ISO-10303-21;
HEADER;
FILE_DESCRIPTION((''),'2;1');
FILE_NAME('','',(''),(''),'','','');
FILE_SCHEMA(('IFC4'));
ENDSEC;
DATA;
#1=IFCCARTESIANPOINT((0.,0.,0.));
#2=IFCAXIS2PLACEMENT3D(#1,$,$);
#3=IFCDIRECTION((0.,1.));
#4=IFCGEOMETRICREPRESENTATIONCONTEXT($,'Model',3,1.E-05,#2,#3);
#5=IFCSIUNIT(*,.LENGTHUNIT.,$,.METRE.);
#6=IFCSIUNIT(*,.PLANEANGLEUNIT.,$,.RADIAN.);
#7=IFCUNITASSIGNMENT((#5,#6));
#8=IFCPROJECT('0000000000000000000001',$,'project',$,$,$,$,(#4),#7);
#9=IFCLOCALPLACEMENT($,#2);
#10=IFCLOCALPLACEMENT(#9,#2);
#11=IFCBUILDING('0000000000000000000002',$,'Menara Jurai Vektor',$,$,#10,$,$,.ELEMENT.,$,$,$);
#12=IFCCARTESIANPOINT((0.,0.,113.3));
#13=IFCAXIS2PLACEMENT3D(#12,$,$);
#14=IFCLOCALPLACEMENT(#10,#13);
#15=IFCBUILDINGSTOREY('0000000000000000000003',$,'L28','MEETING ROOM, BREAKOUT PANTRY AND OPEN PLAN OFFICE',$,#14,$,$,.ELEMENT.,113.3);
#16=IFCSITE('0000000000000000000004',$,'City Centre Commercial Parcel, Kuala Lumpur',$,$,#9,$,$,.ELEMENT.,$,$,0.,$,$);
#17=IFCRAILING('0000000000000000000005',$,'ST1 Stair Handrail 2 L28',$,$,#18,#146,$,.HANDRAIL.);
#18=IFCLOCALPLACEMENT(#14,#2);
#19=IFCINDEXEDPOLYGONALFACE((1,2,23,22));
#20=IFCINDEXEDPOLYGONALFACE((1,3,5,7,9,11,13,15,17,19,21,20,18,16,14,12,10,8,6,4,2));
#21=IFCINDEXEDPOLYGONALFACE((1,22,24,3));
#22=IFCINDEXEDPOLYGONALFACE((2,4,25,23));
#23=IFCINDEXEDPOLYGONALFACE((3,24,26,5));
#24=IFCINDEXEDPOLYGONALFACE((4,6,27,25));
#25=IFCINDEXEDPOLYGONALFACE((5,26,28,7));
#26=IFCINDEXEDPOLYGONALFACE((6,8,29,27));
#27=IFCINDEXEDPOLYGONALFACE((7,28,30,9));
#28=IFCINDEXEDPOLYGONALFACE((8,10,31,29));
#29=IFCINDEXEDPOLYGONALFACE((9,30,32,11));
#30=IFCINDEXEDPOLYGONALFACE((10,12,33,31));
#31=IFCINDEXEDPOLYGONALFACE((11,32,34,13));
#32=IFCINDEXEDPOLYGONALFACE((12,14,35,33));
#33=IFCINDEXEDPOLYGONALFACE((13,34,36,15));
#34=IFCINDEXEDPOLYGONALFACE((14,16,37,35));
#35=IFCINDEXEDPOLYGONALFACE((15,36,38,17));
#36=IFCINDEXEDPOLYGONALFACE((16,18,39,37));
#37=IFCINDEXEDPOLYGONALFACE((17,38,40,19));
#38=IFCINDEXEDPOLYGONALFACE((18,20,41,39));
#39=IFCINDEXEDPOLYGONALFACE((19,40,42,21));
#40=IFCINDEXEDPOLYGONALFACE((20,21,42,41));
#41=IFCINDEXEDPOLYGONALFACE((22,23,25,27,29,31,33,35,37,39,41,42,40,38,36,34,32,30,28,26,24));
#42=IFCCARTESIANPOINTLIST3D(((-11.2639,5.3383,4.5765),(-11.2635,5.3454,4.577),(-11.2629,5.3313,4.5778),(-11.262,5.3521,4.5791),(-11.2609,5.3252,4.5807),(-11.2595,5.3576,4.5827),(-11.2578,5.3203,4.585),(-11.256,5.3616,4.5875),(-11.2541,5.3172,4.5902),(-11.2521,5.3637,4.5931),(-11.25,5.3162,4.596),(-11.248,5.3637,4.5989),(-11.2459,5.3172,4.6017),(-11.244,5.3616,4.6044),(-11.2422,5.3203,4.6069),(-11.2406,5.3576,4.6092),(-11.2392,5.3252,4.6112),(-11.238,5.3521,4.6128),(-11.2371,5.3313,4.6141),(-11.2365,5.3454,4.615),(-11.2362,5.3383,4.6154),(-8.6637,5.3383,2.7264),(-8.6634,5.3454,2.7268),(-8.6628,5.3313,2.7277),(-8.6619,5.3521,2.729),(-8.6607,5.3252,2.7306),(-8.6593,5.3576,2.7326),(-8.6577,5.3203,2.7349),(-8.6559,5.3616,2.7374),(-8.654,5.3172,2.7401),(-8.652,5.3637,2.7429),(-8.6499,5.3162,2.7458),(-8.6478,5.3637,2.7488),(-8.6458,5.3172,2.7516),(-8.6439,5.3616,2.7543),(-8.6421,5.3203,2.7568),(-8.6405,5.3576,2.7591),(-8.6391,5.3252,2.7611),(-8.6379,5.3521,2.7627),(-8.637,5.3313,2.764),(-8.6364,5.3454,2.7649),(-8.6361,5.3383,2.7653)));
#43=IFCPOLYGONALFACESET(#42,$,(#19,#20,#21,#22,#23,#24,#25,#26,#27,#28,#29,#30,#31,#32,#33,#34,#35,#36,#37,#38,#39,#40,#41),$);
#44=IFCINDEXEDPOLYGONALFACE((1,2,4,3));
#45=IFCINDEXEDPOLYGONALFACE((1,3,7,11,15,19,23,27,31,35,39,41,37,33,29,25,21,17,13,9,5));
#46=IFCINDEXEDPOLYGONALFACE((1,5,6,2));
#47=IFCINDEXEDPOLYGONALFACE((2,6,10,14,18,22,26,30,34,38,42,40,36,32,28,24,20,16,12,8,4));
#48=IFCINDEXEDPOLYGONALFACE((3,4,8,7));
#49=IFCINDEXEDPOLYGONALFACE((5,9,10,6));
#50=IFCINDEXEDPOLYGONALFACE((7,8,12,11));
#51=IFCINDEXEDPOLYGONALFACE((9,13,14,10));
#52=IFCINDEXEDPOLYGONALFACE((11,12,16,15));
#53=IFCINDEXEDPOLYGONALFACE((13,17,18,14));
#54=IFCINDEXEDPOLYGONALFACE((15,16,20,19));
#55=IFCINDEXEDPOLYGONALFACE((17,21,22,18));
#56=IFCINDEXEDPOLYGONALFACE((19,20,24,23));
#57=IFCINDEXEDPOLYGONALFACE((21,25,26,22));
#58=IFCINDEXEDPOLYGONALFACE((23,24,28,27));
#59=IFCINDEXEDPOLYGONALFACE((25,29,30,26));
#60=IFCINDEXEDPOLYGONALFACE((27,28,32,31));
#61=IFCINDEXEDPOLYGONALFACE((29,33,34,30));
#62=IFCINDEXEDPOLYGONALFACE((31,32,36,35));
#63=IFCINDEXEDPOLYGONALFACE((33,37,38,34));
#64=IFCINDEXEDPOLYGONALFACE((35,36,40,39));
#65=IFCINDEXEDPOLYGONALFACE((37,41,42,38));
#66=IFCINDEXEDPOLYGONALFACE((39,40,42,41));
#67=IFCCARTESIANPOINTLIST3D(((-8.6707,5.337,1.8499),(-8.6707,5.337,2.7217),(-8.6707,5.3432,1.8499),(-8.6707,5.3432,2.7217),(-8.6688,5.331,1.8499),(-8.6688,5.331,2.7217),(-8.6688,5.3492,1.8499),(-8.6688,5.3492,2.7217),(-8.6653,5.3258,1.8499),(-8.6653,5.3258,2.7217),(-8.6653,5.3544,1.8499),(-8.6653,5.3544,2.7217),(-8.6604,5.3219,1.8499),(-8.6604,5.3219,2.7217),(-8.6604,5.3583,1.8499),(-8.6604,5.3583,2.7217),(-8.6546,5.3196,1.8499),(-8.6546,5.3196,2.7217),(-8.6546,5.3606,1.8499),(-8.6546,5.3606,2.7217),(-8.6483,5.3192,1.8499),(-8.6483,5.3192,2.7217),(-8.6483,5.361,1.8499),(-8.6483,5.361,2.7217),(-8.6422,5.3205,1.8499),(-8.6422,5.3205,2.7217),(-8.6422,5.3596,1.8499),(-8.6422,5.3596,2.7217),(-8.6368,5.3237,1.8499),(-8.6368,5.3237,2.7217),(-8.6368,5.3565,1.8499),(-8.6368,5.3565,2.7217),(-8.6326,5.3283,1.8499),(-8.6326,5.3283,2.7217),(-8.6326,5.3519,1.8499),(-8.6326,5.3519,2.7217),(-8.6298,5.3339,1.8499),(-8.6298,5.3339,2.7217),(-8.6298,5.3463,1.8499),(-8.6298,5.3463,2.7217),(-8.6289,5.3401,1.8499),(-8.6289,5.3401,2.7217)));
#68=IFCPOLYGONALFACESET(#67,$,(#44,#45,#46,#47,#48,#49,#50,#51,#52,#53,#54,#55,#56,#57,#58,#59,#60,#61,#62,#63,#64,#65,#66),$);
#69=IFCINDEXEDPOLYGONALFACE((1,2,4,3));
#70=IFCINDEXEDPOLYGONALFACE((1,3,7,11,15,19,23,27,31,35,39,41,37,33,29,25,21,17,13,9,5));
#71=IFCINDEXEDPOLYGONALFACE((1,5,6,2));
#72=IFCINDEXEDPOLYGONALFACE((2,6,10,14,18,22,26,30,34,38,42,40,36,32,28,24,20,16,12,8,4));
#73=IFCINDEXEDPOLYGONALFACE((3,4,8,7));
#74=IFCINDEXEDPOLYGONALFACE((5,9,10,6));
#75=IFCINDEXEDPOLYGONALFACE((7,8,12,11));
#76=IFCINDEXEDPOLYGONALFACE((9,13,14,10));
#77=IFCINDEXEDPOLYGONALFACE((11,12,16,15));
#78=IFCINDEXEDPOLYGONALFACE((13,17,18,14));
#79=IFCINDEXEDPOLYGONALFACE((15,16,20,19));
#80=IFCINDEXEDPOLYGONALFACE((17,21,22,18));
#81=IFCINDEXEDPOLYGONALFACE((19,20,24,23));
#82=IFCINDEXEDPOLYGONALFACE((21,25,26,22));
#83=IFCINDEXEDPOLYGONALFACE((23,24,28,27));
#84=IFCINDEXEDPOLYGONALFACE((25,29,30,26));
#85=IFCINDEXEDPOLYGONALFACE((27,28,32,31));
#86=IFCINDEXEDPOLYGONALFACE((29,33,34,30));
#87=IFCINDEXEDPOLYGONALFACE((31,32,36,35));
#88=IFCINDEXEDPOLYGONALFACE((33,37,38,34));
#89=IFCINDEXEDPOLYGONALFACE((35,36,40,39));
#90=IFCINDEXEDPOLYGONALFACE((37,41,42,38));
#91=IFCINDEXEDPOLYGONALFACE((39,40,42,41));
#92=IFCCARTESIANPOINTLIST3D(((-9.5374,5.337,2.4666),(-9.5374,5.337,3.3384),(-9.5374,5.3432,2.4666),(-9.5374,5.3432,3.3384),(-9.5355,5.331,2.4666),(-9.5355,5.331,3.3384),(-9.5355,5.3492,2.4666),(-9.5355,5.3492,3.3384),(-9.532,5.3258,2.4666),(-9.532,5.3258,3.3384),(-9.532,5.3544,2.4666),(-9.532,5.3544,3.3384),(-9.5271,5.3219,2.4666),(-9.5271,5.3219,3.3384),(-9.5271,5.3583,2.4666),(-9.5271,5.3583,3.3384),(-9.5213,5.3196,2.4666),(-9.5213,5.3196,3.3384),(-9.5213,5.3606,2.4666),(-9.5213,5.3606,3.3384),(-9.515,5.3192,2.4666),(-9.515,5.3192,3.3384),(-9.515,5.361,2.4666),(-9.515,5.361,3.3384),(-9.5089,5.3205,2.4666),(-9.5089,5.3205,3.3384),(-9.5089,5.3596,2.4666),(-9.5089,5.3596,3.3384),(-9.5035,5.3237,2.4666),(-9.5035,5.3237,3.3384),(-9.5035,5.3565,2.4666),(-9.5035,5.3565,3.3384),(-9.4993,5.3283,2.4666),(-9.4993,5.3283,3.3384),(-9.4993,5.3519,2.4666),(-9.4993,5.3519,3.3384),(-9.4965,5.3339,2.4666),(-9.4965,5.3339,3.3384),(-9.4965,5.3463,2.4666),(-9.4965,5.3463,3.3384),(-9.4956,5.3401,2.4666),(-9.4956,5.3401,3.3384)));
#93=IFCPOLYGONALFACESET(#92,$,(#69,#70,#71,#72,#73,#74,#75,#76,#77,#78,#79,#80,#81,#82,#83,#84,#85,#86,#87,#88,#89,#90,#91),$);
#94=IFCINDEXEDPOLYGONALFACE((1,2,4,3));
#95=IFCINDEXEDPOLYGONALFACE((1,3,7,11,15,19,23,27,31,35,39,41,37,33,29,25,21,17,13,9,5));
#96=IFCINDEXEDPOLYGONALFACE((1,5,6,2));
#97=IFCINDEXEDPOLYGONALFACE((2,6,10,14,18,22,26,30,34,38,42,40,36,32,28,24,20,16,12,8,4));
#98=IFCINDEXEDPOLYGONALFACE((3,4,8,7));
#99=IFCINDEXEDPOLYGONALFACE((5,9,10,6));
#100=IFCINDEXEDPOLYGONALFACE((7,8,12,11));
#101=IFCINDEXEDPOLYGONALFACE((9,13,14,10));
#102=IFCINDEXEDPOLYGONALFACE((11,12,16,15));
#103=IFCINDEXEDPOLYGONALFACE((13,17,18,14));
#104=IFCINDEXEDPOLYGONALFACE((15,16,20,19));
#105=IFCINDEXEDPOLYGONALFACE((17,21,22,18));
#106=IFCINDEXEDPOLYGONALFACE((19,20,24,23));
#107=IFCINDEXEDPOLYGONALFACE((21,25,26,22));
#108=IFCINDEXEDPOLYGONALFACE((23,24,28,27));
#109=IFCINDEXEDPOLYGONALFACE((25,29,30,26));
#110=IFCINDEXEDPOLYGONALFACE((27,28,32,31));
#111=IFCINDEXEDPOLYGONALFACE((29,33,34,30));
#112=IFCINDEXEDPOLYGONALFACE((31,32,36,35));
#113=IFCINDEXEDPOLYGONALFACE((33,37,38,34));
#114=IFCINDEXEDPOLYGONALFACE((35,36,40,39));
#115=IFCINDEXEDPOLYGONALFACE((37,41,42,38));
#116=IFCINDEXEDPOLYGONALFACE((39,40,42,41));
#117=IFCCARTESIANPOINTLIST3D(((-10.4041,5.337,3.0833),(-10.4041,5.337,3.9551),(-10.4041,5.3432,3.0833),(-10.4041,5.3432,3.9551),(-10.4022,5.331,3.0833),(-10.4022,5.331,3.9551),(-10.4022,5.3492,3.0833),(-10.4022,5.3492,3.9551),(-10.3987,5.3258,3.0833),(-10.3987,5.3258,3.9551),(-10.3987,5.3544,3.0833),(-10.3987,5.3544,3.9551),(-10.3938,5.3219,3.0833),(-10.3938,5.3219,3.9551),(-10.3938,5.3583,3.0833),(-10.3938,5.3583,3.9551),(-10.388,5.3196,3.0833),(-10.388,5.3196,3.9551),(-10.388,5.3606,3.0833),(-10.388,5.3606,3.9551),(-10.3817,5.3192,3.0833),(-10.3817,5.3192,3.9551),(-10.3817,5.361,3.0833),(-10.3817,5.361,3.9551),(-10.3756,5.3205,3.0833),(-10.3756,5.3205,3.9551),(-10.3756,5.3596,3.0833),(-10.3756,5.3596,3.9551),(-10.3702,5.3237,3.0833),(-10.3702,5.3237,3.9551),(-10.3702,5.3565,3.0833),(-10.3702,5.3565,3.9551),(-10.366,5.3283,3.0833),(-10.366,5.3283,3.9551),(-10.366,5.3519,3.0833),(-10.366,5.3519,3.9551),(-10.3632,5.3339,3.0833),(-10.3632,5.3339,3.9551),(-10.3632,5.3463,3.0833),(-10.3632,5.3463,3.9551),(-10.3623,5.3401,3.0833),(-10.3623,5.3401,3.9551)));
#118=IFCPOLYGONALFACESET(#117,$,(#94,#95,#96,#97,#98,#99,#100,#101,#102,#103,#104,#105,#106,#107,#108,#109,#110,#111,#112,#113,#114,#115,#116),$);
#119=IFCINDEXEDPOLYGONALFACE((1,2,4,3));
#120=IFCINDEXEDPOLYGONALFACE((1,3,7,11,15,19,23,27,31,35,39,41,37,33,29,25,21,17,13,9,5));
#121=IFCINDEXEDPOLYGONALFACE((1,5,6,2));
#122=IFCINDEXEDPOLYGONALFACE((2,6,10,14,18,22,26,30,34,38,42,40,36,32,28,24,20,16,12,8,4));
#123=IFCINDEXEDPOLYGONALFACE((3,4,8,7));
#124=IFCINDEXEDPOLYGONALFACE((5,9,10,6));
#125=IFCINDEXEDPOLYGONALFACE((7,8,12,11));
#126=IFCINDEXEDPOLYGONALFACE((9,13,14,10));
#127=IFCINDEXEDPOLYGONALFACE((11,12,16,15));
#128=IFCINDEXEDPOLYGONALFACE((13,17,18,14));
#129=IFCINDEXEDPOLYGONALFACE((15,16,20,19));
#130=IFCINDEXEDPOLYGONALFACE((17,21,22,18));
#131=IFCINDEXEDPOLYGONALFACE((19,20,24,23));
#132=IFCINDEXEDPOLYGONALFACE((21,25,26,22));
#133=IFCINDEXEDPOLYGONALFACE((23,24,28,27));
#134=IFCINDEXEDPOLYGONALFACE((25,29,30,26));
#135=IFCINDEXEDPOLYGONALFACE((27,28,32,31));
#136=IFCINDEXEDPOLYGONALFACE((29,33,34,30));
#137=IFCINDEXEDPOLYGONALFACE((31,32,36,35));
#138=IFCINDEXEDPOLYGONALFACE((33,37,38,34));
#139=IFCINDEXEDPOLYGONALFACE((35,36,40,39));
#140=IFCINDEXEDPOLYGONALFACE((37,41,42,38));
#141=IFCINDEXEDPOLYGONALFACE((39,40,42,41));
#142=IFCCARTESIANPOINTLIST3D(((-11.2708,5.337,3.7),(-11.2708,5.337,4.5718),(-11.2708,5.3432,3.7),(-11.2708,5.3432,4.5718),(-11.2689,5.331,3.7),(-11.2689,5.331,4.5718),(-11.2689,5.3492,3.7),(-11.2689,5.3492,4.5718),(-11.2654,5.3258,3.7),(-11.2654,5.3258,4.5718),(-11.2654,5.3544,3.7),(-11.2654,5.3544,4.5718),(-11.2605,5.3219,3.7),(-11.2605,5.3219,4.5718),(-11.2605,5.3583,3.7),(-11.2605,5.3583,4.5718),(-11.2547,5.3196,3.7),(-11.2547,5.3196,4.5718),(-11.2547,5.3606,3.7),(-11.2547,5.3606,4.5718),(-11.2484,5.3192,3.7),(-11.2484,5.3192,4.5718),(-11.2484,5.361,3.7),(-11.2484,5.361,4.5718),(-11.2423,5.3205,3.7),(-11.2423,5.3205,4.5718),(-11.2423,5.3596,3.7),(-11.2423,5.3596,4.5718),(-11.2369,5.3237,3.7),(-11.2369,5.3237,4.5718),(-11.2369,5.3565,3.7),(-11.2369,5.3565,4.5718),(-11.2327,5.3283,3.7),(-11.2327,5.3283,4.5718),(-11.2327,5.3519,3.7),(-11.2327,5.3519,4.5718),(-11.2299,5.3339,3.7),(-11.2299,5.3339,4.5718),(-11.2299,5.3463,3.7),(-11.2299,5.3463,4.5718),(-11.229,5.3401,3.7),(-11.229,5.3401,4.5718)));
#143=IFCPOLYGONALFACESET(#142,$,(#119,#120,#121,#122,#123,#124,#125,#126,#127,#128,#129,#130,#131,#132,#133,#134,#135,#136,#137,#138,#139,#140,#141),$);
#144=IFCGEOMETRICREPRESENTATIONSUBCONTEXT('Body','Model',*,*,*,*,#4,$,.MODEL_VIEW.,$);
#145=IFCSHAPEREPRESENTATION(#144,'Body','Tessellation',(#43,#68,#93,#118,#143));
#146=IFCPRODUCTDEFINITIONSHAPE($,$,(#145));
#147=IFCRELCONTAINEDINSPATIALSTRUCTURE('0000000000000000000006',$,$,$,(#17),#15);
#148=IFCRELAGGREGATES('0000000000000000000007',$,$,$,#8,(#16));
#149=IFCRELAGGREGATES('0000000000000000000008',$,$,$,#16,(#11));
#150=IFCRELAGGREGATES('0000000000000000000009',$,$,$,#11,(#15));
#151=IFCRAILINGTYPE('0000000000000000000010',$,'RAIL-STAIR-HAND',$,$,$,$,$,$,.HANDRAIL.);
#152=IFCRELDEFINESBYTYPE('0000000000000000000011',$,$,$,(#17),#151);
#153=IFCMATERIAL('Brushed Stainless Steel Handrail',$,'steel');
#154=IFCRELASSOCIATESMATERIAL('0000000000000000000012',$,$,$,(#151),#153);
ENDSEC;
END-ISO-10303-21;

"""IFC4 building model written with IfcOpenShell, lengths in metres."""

from ifc_helpers import new_model, si_unit, direction, frame, origin, origin_2d, place, context, subcontext, project, spatial, circle, extrude, material, type_object, element, save


model = new_model("IFC4")

# Units and contexts
model_context = context("Model", 3, precision=1e-05, world=origin(), true_north=direction((0.0, 1.0)))
body_context = subcontext(model_context, "Body", "Model", "MODEL_VIEW")
ifc_project = project(units=[si_unit("LENGTHUNIT", "METRE"), si_unit("PLANEANGLEUNIT", "RADIAN")], contexts=[model_context])

# Site, building, storey
site_placement = place(None, origin())
site = spatial("IfcSite", under=ifc_project, at=site_placement, Name="City Centre Commercial Parcel, Kuala Lumpur", CompositionType="ELEMENT", RefElevation=0.0)
building_placement = place(site_placement, origin())
building = spatial("IfcBuilding", under=site, at=building_placement, Name="Menara Jurai Vektor", CompositionType="ELEMENT")
storey_placement = place(building_placement, frame((0.0, 0.0, 113.3)))
storey = spatial("IfcBuildingStorey", under=building, at=storey_placement, Name="L28", Description="MEETING ROOM, BREAKOUT PANTRY AND OPEN PLAN OFFICE", CompositionType="ELEMENT", Elevation=113.3)

# Railing
ifc_material_1 = material(Name="Brushed Stainless Steel Handrail", Category="steel")
railing_type_1 = type_object("IfcRailingType", Name="RAIL-STAIR-HAND", PredefinedType="HANDRAIL", material=ifc_material_1)
railing_1_placement = place(storey_placement, frame((-8.6499, 5.3401, 1.8499)))
element("IfcRailing", 1, at=railing_1_placement, inside=storey, type_object=railing_type_1, Name="ST1 Stair Handrail 2 L28", PredefinedType="HANDRAIL", context=body_context, shape_type="SweptSolid", body=[
    extrude(circle(Radius=0.0239, at=origin_2d()), frame((0.0, 0.0, 0.896), z_axis=(-0.814787, 0.0, 0.579761), x_axis=(0.0, -1.0, 0.0)), (0.0, 0.0, 1.0), 3.1912),
    extrude(circle(Radius=0.021, at=origin_2d()), origin(), (0.0, 0.0, 1.0), 0.8718),
    extrude(circle(Radius=0.021, at=origin_2d()), frame((-0.8667, 0.0, 0.6167)), (0.0, 0.0, 1.0), 0.8718),
    extrude(circle(Radius=0.021, at=origin_2d()), frame((-1.7334, 0.0, 1.2334)), (0.0, 0.0, 1.0), 0.8718),
    extrude(circle(Radius=0.021, at=origin_2d()), frame((-2.6001, 0.0, 1.8501)), (0.0, 0.0, 1.0), 0.8718),
])

save(model, "model.ifc")
